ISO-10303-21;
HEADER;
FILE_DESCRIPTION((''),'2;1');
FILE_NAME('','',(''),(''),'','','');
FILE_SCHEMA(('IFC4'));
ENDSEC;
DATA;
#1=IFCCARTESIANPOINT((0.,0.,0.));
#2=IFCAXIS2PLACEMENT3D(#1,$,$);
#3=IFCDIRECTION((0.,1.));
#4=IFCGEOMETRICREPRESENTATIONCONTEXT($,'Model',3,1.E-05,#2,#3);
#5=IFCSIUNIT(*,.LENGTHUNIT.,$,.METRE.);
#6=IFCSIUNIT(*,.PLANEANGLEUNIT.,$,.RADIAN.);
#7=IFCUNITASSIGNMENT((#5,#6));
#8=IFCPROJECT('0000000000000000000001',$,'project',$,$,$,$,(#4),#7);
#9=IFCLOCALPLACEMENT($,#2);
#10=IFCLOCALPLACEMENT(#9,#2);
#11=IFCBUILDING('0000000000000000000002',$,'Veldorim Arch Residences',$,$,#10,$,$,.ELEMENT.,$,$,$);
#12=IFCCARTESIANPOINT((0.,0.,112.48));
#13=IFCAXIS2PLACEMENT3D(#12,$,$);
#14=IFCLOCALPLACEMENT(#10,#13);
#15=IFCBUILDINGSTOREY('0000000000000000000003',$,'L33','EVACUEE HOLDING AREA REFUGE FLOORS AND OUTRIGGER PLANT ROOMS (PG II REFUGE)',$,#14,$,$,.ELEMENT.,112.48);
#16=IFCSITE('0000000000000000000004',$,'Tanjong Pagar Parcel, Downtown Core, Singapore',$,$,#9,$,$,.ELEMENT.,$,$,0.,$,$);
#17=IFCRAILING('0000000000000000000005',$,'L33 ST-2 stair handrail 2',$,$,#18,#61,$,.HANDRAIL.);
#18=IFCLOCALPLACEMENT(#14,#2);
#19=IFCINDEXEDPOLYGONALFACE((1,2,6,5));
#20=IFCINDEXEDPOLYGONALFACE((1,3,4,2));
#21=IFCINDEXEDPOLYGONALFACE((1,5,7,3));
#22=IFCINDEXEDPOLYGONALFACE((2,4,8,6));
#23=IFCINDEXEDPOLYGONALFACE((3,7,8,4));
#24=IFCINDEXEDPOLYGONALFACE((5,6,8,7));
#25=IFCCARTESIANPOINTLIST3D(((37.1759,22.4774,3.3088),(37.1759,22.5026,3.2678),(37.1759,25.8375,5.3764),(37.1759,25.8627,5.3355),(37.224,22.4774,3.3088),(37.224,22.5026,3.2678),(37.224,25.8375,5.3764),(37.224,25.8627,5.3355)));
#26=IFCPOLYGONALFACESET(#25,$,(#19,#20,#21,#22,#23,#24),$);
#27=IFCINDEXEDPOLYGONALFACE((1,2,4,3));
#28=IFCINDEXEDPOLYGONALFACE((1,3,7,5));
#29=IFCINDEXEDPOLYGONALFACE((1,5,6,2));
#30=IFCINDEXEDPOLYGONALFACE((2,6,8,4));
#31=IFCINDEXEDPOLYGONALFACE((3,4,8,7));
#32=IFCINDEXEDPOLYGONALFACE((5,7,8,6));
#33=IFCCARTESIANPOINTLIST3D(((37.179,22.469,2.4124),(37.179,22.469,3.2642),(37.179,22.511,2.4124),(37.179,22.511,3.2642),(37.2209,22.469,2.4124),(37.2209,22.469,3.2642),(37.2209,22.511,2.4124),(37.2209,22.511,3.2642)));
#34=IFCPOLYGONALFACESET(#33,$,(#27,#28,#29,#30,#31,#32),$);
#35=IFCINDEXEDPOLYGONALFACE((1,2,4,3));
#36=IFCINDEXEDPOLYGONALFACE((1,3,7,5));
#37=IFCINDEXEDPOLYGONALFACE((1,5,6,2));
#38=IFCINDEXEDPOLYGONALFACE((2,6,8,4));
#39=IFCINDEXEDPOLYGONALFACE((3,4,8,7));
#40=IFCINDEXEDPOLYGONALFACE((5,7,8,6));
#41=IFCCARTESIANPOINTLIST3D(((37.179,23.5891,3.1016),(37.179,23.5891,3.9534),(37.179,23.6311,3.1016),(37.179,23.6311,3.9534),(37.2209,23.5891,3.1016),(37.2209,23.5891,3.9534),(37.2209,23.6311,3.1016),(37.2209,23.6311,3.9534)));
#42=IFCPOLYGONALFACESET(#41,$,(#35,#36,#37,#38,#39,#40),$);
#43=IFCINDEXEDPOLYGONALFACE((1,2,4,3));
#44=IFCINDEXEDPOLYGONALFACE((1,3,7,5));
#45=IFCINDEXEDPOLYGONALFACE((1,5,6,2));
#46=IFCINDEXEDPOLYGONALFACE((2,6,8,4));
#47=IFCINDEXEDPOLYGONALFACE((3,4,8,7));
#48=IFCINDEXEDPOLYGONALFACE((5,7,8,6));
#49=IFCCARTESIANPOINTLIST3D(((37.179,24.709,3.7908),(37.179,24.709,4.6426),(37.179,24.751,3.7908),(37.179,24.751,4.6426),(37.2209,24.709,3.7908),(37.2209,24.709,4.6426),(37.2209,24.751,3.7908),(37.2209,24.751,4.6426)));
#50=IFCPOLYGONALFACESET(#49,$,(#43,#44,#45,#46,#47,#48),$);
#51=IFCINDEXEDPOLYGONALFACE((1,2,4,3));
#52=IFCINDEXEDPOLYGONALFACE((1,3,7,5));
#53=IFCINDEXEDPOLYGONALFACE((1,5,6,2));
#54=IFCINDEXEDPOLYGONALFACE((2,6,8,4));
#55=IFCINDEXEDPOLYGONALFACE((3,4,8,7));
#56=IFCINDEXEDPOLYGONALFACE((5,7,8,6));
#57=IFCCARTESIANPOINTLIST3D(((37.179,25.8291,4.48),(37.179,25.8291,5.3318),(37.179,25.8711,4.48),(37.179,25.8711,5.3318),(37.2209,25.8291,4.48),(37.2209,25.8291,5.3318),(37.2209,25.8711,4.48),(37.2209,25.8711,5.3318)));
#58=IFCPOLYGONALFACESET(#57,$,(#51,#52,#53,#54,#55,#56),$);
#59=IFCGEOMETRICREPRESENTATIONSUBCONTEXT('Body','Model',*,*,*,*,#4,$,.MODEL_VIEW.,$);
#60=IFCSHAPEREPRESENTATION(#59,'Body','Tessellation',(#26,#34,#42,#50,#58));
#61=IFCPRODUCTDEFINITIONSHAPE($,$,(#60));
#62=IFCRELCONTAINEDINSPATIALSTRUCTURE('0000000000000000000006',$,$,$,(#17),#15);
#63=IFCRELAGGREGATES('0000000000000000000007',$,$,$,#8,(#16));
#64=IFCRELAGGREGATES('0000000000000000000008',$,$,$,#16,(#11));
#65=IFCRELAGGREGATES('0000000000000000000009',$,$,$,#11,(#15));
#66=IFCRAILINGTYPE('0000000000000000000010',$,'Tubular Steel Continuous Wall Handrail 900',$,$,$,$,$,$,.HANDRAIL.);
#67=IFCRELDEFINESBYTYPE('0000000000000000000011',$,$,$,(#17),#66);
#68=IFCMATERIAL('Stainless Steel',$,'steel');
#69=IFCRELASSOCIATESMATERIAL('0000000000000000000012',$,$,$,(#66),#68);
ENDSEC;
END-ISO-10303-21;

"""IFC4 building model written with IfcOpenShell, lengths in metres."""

from ifc_helpers import new_model, si_unit, direction, frame, origin, origin_2d, place, context, subcontext, project, spatial, rectangle, extrude, material, type_object, element, save


model = new_model("IFC4")

# Units and contexts
model_context = context("Model", 3, precision=1e-05, world=origin(), true_north=direction((0.0, 1.0)))
body_context = subcontext(model_context, "Body", "Model", "MODEL_VIEW")
ifc_project = project(units=[si_unit("LENGTHUNIT", "METRE"), si_unit("PLANEANGLEUNIT", "RADIAN")], contexts=[model_context])

# Site, building, storey
site_placement = place(None, origin())
site = spatial("IfcSite", under=ifc_project, at=site_placement, Name="Tanjong Pagar Parcel, Downtown Core, Singapore", CompositionType="ELEMENT", RefElevation=0.0)
building_placement = place(site_placement, origin())
building = spatial("IfcBuilding", under=site, at=building_placement, Name="Veldorim Arch Residences", CompositionType="ELEMENT")
storey_placement = place(building_placement, frame((0.0, 0.0, 112.48)))
storey = spatial("IfcBuildingStorey", under=building, at=storey_placement, Name="L33", Description="EVACUEE HOLDING AREA REFUGE FLOORS AND OUTRIGGER PLANT ROOMS (PG II REFUGE)", CompositionType="ELEMENT", Elevation=112.48)

# Railing
ifc_material_1 = material(Name="Stainless Steel", Category="steel")
railing_type_1 = type_object("IfcRailingType", Name="Tubular Steel Continuous Wall Handrail 900", PredefinedType="HANDRAIL", material=ifc_material_1)
railing_1_placement = place(storey_placement, frame((37.2, 22.49, 2.4124)))
element("IfcRailing", 1, at=railing_1_placement, inside=storey, type_object=railing_type_1, Name="L33 ST-2 stair handrail 2", PredefinedType="HANDRAIL", context=body_context, shape_type="SweptSolid", body=[
    extrude(rectangle(XDim=0.0481, YDim=0.0481, at=origin_2d()), frame((0.0, 0.0, 0.876), z_axis=(0.0, 0.851673, 0.524073), x_axis=(-1.0, 0.0, 0.0)), (0.0, 0.0, 1.0), 3.9453),
    extrude(rectangle(XDim=0.042, YDim=0.042, at=origin_2d()), origin(), (0.0, 0.0, 1.0), 0.8518),
    extrude(rectangle(XDim=0.042, YDim=0.042, at=origin_2d()), frame((0.0, 1.1201, 0.6892)), (0.0, 0.0, 1.0), 0.8518),
    extrude(rectangle(XDim=0.042, YDim=0.042, at=origin_2d()), frame((0.0, 2.24, 1.3784)), (0.0, 0.0, 1.0), 0.8518),
    extrude(rectangle(XDim=0.042, YDim=0.042, at=origin_2d()), frame((0.0, 3.3601, 2.0676)), (0.0, 0.0, 1.0), 0.8518),
])

save(model, "model.ifc")
